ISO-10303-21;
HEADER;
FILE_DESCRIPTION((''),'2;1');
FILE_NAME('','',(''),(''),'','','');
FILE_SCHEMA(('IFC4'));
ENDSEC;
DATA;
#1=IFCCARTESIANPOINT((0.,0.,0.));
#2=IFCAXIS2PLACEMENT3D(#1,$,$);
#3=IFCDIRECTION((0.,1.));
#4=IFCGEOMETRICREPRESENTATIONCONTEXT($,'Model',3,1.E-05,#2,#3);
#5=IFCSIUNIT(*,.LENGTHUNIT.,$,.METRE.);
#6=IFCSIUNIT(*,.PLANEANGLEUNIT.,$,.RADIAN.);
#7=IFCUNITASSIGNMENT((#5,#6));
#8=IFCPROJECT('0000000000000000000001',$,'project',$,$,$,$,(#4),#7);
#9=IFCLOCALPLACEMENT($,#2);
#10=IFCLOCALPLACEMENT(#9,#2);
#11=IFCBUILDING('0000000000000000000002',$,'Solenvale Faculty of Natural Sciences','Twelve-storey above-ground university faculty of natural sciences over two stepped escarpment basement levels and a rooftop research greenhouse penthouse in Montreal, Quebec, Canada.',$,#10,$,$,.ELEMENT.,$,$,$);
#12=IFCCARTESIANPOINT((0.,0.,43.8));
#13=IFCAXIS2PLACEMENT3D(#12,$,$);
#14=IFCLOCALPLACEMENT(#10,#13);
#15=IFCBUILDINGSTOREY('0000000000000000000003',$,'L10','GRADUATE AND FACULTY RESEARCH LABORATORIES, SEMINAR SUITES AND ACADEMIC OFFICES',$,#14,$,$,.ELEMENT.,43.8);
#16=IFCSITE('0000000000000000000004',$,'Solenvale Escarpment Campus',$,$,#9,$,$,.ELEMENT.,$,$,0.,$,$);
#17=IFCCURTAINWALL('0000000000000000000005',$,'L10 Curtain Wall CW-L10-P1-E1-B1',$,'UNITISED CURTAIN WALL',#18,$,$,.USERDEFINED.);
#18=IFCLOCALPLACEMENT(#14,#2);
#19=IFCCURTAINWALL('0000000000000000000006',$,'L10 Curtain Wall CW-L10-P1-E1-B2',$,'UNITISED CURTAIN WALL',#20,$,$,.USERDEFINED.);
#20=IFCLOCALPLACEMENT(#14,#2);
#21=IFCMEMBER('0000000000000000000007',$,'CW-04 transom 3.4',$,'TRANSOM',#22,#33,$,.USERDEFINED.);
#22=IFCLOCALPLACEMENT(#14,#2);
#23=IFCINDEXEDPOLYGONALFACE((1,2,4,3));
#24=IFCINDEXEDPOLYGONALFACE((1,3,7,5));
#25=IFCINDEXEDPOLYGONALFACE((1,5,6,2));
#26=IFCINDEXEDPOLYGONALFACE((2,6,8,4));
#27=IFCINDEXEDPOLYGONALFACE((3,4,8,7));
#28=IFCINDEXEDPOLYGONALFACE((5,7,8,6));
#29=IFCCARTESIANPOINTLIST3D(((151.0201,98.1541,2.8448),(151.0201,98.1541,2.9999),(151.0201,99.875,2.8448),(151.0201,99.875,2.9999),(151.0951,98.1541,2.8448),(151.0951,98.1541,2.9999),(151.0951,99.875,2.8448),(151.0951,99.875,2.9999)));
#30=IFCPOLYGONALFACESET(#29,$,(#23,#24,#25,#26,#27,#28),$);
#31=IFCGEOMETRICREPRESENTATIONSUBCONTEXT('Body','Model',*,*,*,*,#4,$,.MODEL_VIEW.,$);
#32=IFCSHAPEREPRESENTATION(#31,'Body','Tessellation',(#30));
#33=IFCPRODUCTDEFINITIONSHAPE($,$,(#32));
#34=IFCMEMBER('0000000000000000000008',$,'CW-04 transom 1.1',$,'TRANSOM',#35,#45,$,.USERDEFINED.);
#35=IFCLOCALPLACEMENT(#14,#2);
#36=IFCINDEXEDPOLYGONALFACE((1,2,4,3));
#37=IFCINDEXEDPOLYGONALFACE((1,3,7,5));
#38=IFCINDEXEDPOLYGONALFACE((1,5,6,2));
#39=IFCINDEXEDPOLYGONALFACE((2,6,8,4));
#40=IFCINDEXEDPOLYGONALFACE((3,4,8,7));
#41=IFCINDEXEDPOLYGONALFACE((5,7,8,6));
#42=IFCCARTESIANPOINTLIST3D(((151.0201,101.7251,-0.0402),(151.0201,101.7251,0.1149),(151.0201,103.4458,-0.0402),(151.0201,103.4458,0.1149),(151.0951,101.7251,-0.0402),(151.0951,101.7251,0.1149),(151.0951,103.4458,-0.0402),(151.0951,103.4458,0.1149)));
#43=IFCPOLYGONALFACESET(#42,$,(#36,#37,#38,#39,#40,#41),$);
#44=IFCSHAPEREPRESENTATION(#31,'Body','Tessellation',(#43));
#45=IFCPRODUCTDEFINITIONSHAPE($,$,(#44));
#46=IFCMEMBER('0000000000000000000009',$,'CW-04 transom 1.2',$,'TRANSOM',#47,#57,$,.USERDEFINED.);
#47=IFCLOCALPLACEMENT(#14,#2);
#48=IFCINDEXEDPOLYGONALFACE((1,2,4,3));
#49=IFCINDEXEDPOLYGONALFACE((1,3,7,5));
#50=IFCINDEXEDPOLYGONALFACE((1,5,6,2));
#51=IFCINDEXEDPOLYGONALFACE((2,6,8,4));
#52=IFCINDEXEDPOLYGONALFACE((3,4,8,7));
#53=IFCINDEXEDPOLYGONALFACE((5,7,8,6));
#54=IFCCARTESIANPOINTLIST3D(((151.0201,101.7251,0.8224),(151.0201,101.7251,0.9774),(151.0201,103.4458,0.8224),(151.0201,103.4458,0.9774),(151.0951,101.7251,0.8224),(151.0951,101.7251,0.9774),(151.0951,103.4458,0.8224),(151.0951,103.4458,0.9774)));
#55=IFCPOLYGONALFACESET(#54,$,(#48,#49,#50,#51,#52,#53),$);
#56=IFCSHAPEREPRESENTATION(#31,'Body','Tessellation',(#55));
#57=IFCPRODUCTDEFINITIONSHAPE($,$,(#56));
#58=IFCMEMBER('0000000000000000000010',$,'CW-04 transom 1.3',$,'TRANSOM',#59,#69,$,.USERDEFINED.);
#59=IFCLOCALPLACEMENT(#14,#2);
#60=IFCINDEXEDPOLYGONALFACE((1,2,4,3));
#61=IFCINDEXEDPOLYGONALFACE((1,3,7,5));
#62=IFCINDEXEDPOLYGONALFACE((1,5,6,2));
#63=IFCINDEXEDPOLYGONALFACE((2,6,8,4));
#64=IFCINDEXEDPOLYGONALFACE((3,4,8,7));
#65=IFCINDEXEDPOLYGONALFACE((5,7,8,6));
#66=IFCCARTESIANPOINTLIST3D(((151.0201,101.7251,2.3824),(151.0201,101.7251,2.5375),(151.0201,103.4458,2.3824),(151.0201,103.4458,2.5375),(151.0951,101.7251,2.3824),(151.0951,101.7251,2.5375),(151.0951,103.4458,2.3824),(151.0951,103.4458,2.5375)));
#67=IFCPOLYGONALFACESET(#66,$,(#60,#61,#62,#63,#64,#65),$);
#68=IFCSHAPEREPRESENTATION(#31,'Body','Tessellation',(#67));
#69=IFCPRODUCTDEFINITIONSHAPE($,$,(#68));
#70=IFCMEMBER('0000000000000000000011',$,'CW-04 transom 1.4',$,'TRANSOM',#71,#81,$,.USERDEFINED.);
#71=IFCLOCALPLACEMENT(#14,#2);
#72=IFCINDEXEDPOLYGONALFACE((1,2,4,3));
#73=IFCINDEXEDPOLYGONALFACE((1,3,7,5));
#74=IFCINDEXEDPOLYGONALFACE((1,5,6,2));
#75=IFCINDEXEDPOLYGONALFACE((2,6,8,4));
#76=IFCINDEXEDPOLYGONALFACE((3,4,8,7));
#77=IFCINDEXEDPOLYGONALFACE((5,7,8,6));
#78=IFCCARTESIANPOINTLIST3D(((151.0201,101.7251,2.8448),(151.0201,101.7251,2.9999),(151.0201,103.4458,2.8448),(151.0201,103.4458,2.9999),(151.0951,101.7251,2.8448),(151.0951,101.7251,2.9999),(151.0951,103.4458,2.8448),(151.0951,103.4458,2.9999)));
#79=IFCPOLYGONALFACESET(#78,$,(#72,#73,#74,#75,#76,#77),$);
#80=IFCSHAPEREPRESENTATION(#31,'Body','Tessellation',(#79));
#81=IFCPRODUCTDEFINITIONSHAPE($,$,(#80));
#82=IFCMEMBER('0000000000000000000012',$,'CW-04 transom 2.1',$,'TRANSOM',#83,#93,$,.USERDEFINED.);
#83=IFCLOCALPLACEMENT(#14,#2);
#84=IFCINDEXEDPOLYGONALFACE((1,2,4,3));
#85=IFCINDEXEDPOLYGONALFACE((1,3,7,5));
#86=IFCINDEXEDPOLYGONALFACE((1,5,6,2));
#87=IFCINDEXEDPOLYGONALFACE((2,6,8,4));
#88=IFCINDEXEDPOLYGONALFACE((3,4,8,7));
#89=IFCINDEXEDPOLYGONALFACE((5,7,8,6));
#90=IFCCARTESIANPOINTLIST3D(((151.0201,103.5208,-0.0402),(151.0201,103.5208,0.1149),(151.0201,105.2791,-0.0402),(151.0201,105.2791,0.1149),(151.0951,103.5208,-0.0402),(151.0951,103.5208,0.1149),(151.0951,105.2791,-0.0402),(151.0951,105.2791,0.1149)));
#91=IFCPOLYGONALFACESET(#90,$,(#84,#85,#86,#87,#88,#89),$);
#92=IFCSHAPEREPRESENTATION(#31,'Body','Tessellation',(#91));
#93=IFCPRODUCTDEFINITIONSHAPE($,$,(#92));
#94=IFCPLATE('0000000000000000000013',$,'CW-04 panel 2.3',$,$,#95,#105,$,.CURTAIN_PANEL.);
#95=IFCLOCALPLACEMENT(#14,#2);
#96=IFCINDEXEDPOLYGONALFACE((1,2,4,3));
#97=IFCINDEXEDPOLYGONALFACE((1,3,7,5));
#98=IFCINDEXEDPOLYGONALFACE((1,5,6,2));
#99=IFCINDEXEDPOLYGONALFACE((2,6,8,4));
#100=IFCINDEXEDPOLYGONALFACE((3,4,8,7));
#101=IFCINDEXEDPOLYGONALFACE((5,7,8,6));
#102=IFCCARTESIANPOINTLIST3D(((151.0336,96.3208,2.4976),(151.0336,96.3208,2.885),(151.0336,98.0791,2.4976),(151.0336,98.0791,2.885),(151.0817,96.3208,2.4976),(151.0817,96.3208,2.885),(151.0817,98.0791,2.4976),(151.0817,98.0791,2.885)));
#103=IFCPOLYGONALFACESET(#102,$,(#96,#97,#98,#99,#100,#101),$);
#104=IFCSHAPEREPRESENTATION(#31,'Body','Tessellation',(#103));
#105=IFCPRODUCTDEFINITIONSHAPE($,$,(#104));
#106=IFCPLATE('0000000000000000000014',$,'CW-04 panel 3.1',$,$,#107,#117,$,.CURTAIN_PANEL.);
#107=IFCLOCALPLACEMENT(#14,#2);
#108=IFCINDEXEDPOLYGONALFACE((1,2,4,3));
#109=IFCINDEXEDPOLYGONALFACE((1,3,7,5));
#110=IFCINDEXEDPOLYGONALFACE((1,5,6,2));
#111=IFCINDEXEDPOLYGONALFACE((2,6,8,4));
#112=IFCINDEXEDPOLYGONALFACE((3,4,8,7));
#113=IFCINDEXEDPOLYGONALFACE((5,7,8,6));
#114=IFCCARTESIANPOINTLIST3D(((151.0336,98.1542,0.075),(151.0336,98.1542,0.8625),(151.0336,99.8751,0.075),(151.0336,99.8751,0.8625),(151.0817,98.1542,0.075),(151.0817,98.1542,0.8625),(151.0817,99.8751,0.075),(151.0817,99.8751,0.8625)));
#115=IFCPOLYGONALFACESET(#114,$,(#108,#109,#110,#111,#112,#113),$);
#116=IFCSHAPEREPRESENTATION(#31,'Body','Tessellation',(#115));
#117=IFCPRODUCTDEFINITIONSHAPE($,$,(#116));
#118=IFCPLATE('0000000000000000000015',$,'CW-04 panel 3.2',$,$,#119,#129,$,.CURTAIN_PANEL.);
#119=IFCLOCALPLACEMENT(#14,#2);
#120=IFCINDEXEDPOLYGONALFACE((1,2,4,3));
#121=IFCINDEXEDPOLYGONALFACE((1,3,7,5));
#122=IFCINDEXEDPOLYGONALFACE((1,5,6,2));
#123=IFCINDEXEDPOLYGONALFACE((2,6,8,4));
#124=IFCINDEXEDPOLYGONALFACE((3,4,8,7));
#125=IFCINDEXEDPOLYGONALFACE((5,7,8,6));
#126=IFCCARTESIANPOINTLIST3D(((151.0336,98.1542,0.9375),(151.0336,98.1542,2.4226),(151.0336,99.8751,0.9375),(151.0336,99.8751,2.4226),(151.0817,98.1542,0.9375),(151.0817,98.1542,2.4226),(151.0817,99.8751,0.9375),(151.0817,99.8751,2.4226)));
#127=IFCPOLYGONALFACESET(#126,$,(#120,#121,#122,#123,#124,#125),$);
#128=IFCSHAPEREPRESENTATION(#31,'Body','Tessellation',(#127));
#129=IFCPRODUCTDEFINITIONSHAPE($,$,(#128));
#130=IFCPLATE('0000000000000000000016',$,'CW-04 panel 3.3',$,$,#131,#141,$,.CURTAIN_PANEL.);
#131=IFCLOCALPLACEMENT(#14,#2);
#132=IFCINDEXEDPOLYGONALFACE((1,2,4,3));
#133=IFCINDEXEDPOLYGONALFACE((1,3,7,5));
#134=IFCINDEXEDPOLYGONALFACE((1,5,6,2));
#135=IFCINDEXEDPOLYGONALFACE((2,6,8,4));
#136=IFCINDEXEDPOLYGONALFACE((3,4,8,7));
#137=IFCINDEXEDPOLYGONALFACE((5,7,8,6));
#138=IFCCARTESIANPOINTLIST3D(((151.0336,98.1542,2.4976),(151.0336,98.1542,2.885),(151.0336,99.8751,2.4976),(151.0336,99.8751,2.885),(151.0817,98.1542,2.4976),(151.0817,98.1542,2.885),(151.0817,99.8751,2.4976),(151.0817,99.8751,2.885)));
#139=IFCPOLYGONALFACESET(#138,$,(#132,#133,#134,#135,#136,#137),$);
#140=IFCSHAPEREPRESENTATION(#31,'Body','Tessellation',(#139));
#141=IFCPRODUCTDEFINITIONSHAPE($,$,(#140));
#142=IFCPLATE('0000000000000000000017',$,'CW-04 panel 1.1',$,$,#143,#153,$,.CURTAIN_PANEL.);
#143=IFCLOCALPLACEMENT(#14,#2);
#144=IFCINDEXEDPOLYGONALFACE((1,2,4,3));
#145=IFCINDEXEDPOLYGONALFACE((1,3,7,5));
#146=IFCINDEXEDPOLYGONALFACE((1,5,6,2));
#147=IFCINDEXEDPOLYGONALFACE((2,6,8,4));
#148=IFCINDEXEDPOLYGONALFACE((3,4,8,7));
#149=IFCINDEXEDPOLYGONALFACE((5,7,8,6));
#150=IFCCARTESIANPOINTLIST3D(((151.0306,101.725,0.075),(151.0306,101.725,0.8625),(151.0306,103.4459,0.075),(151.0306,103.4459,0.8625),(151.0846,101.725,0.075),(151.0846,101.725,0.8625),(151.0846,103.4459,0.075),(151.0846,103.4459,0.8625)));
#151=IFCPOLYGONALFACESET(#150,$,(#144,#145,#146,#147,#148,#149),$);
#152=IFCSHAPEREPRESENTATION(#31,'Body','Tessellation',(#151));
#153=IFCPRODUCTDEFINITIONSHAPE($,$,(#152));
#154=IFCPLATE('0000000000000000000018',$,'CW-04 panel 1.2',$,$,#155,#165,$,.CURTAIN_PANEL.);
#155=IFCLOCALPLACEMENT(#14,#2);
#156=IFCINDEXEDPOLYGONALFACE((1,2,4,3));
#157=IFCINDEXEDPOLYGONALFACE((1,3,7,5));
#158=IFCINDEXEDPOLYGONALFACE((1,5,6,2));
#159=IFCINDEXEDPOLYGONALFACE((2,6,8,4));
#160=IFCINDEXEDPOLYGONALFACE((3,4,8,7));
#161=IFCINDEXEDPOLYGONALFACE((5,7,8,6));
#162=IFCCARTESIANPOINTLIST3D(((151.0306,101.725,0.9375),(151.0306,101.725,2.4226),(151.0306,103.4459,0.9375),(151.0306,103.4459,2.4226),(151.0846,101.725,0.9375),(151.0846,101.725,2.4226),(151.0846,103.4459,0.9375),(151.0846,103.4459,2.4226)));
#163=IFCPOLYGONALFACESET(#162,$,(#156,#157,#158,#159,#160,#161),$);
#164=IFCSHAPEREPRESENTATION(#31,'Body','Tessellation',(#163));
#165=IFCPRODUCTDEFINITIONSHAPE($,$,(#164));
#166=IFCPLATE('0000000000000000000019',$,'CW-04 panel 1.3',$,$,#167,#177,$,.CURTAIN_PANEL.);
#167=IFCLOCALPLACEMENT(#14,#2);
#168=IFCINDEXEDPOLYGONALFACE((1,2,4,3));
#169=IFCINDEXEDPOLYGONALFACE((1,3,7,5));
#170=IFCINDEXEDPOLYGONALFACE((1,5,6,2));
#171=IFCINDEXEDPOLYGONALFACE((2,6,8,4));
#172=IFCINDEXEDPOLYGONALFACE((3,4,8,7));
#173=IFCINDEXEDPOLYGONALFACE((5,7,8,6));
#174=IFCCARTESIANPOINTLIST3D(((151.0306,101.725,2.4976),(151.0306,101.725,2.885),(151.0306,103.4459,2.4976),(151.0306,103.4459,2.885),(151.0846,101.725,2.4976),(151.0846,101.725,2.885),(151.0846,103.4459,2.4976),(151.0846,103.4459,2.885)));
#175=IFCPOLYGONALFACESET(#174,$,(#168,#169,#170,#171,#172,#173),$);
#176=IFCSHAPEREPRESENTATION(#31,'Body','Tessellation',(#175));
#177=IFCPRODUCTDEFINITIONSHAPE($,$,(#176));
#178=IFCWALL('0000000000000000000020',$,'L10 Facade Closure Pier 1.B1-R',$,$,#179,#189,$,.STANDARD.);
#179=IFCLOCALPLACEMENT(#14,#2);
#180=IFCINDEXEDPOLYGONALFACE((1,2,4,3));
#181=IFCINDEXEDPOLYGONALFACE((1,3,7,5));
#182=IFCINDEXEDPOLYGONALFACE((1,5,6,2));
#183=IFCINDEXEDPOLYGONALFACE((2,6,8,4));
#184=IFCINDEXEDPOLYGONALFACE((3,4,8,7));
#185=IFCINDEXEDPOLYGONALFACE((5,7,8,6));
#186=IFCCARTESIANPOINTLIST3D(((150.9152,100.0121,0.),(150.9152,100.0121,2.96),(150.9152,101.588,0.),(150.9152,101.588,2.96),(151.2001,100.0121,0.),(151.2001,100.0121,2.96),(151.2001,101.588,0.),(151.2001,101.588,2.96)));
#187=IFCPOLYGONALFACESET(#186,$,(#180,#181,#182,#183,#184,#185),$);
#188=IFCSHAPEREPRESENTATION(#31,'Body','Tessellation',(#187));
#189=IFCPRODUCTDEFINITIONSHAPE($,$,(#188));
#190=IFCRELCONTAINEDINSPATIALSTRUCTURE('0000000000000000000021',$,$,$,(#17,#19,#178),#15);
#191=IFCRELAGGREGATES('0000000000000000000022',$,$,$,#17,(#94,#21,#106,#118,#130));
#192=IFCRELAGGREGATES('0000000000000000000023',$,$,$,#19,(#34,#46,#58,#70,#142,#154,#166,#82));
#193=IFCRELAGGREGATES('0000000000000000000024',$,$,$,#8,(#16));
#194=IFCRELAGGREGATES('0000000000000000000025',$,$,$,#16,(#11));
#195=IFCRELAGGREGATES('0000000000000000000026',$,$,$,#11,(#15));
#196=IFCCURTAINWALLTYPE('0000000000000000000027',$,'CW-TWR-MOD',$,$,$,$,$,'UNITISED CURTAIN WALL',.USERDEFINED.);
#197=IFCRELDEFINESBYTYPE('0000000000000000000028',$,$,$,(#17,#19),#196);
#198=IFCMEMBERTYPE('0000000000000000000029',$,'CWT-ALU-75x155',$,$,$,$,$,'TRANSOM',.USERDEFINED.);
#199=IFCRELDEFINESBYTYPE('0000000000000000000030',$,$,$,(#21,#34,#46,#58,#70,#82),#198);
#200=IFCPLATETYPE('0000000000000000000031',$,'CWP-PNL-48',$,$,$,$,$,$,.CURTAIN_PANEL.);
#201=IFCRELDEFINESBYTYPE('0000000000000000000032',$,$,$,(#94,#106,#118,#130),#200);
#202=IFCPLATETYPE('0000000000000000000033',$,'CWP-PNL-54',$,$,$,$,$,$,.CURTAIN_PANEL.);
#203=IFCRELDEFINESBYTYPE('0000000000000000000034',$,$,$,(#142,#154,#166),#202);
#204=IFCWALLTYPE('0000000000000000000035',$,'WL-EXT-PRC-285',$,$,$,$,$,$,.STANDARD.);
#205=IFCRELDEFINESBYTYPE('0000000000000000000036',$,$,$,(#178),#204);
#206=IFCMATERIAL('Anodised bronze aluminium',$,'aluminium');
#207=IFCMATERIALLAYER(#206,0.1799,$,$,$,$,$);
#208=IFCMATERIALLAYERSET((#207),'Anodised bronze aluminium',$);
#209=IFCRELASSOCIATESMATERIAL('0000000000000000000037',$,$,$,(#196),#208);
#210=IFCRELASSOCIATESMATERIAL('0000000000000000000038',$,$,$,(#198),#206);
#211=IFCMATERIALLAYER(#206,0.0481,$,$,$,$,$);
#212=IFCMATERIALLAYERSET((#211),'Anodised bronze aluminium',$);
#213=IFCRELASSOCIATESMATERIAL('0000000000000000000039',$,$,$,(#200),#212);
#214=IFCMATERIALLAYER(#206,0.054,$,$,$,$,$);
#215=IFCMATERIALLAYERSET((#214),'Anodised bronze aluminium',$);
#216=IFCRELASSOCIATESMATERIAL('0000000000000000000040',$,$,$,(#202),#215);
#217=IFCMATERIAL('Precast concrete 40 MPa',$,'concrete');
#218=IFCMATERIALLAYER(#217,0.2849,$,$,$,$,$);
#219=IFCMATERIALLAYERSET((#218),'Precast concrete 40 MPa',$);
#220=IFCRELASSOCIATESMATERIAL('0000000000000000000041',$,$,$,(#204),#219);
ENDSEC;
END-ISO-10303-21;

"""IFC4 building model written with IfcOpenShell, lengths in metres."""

from ifc_helpers import new_model, si_unit, direction, frame, frame_2d, origin, origin_2d, place, context, subcontext, project, spatial, rectangle, extrude, material, layer, layer_set, material_profile, profile_set, type_object, element, aggregate, save


model = new_model("IFC4")

# Units and contexts
model_context = context("Model", 3, precision=1e-05, world=origin(), true_north=direction((0.0, 1.0)))
body_context = subcontext(model_context, "Body", "Model", "MODEL_VIEW")
ifc_project = project(units=[si_unit("LENGTHUNIT", "METRE"), si_unit("PLANEANGLEUNIT", "RADIAN")], contexts=[model_context])

# Site, building, storey
site_placement = place(None, origin())
site = spatial("IfcSite", under=ifc_project, at=site_placement, Name="Solenvale Escarpment Campus", CompositionType="ELEMENT", RefElevation=0.0)
building_placement = place(site_placement, origin())
building = spatial("IfcBuilding", under=site, at=building_placement, Name="Solenvale Faculty of Natural Sciences", Description="Twelve-storey above-ground university faculty of natural sciences over two stepped escarpment basement levels and a rooftop research greenhouse penthouse in Montreal, Quebec, Canada.", CompositionType="ELEMENT")
storey_placement = place(building_placement, frame((0.0, 0.0, 43.8)))
storey = spatial("IfcBuildingStorey", under=building, at=storey_placement, Name="L10", Description="GRADUATE AND FACULTY RESEARCH LABORATORIES, SEMINAR SUITES AND ACADEMIC OFFICES", CompositionType="ELEMENT", Elevation=43.8)

# Curtain walls
ifc_material_1 = material(Name="Anodised bronze aluminium", Category="aluminium")
ifc_layer_1 = layer(ifc_material_1, 0.1799)
ifc_layer_set_1 = layer_set([ifc_layer_1], Name="Anodised bronze aluminium")
curtain_wall_type = type_object("IfcCurtainWallType", Name="CW-TWR-MOD", ElementType="UNITISED CURTAIN WALL", PredefinedType="USERDEFINED", material=ifc_layer_set_1)
curtain_wall_1_placement = place(storey_placement, origin())
curtain_wall_1 = element("IfcCurtainWall", 1, at=curtain_wall_1_placement, inside=storey, type_object=curtain_wall_type, Name="L10 Curtain Wall CW-L10-P1-E1-B1", ObjectType="UNITISED CURTAIN WALL", PredefinedType="USERDEFINED")
curtain_wall_2_placement = place(storey_placement, origin())
curtain_wall_2 = element("IfcCurtainWall", 2, at=curtain_wall_2_placement, inside=storey, type_object=curtain_wall_type, Name="L10 Curtain Wall CW-L10-P1-E1-B2", ObjectType="UNITISED CURTAIN WALL", PredefinedType="USERDEFINED")

# Members
ifc_material_profile_1 = material_profile(ifc_material_1, rectangle(XDim=0.075, YDim=0.155, at=origin_2d()), Name="ALU-TRN-75x155")
ifc_profile_set_1 = profile_set([ifc_material_profile_1], Name="Anodised bronze aluminium")
member_type_1 = type_object("IfcMemberType", Name="CWT-ALU-75x155", ElementType="TRANSOM", PredefinedType="USERDEFINED", material=ifc_profile_set_1)
member_1_placement = place(storey_placement, frame((151.0576, 98.1541, 2.9224), z_axis=(0.0, 1.0, 0.0), x_axis=(-1.0, 0.0, 0.0)))
member_1 = element("IfcMember", 3, at=member_1_placement, type_object=member_type_1, Name="CW-04 transom 3.4", ObjectType="TRANSOM", PredefinedType="USERDEFINED", context=body_context, shape_type="SweptSolid", body=[
    extrude(rectangle(XDim=0.075, YDim=0.155, at=origin_2d()), origin(), (0.0, 0.0, 1.0), 1.7209),
])
member_2_placement = place(storey_placement, frame((151.0576, 101.7251, 0.0374), z_axis=(0.0, 1.0, 0.0), x_axis=(-1.0, 0.0, 0.0)))
member_2 = element("IfcMember", 4, at=member_2_placement, type_object=member_type_1, Name="CW-04 transom 1.1", ObjectType="TRANSOM", PredefinedType="USERDEFINED", context=body_context, shape_type="SweptSolid", body=[
    extrude(rectangle(XDim=0.075, YDim=0.155, at=origin_2d()), origin(), (0.0, 0.0, 1.0), 1.7207),
])
member_3_placement = place(storey_placement, frame((151.0576, 101.7251, 0.8999), z_axis=(0.0, 1.0, 0.0), x_axis=(-1.0, 0.0, 0.0)))
member_3 = element("IfcMember", 5, at=member_3_placement, type_object=member_type_1, Name="CW-04 transom 1.2", ObjectType="TRANSOM", PredefinedType="USERDEFINED", context=body_context, shape_type="SweptSolid", body=[
    extrude(rectangle(XDim=0.075, YDim=0.155, at=origin_2d()), origin(), (0.0, 0.0, 1.0), 1.7207),
])
member_4_placement = place(storey_placement, frame((151.0576, 101.7251, 2.46), z_axis=(0.0, 1.0, 0.0), x_axis=(-1.0, 0.0, 0.0)))
member_4 = element("IfcMember", 6, at=member_4_placement, type_object=member_type_1, Name="CW-04 transom 1.3", ObjectType="TRANSOM", PredefinedType="USERDEFINED", context=body_context, shape_type="SweptSolid", body=[
    extrude(rectangle(XDim=0.075, YDim=0.155, at=origin_2d()), origin(), (0.0, 0.0, 1.0), 1.7207),
])
member_5_placement = place(storey_placement, frame((151.0576, 101.7251, 2.9224), z_axis=(0.0, 1.0, 0.0), x_axis=(-1.0, 0.0, 0.0)))
member_5 = element("IfcMember", 7, at=member_5_placement, type_object=member_type_1, Name="CW-04 transom 1.4", ObjectType="TRANSOM", PredefinedType="USERDEFINED", context=body_context, shape_type="SweptSolid", body=[
    extrude(rectangle(XDim=0.075, YDim=0.155, at=origin_2d()), origin(), (0.0, 0.0, 1.0), 1.7207),
])
member_6_placement = place(storey_placement, frame((151.0576, 103.5208, 0.0374), z_axis=(0.0, 1.0, 0.0), x_axis=(-1.0, 0.0, 0.0)))
member_6 = element("IfcMember", 8, at=member_6_placement, type_object=member_type_1, Name="CW-04 transom 2.1", ObjectType="TRANSOM", PredefinedType="USERDEFINED", context=body_context, shape_type="SweptSolid", body=[
    extrude(rectangle(XDim=0.075, YDim=0.155, at=origin_2d()), origin(), (0.0, 0.0, 1.0), 1.7583),
])

# Plates
ifc_layer_2 = layer(ifc_material_1, 0.0481)
ifc_layer_set_2 = layer_set([ifc_layer_2], Name="Anodised bronze aluminium")
plate_type_1 = type_object("IfcPlateType", Name="CWP-PNL-48", PredefinedType="CURTAIN_PANEL", material=ifc_layer_set_2)
plate_1_placement = place(storey_placement, frame((151.0576, 97.2, 2.4976), z_axis=(0.0, 0.0, 1.0), x_axis=(0.0, 1.0, 0.0)))
plate_1 = element("IfcPlate", 9, at=plate_1_placement, type_object=plate_type_1, Name="CW-04 panel 2.3", PredefinedType="CURTAIN_PANEL", context=body_context, shape_type="SweptSolid", body=[
    extrude(rectangle(XDim=1.7583, YDim=0.0481, at=origin_2d()), origin(), (0.0, 0.0, 1.0), 0.3875),
])
plate_2_placement = place(storey_placement, frame((151.0576, 99.0146, 0.075), z_axis=(0.0, 0.0, 1.0), x_axis=(0.0, 1.0, 0.0)))
plate_2 = element("IfcPlate", 10, at=plate_2_placement, type_object=plate_type_1, Name="CW-04 panel 3.1", PredefinedType="CURTAIN_PANEL", context=body_context, shape_type="SweptSolid", body=[
    extrude(rectangle(XDim=1.7209, YDim=0.0481, at=origin_2d()), origin(), (0.0, 0.0, 1.0), 0.7876),
])
plate_3_placement = place(storey_placement, frame((151.0576, 99.0146, 0.9375), z_axis=(0.0, 0.0, 1.0), x_axis=(0.0, 1.0, 0.0)))
plate_3 = element("IfcPlate", 11, at=plate_3_placement, type_object=plate_type_1, Name="CW-04 panel 3.2", PredefinedType="CURTAIN_PANEL", context=body_context, shape_type="SweptSolid", body=[
    extrude(rectangle(XDim=1.7209, YDim=0.0481, at=origin_2d()), origin(), (0.0, 0.0, 1.0), 1.4851),
])
plate_4_placement = place(storey_placement, frame((151.0576, 99.0146, 2.4976), z_axis=(0.0, 0.0, 1.0), x_axis=(0.0, 1.0, 0.0)))
plate_4 = element("IfcPlate", 12, at=plate_4_placement, type_object=plate_type_1, Name="CW-04 panel 3.3", PredefinedType="CURTAIN_PANEL", context=body_context, shape_type="SweptSolid", body=[
    extrude(rectangle(XDim=1.7209, YDim=0.0481, at=origin_2d()), origin(), (0.0, 0.0, 1.0), 0.3875),
])
aggregate(curtain_wall_1, [plate_1, member_1, plate_2, plate_3, plate_4])
ifc_layer_3 = layer(ifc_material_1, 0.054)
ifc_layer_set_3 = layer_set([ifc_layer_3], Name="Anodised bronze aluminium")
plate_type_2 = type_object("IfcPlateType", Name="CWP-PNL-54", PredefinedType="CURTAIN_PANEL", material=ifc_layer_set_3)
plate_5_placement = place(storey_placement, frame((151.0576, 102.5854, 0.075), z_axis=(0.0, 0.0, 1.0), x_axis=(0.0, 1.0, 0.0)))
plate_5 = element("IfcPlate", 13, at=plate_5_placement, type_object=plate_type_2, Name="CW-04 panel 1.1", PredefinedType="CURTAIN_PANEL", context=body_context, shape_type="SweptSolid", body=[
    extrude(rectangle(XDim=1.7209, YDim=0.054, at=origin_2d()), origin(), (0.0, 0.0, 1.0), 0.7876),
])
plate_6_placement = place(storey_placement, frame((151.0576, 102.5854, 0.9375), z_axis=(0.0, 0.0, 1.0), x_axis=(0.0, 1.0, 0.0)))
plate_6 = element("IfcPlate", 14, at=plate_6_placement, type_object=plate_type_2, Name="CW-04 panel 1.2", PredefinedType="CURTAIN_PANEL", context=body_context, shape_type="SweptSolid", body=[
    extrude(rectangle(XDim=1.7209, YDim=0.054, at=origin_2d()), origin(), (0.0, 0.0, 1.0), 1.4851),
])
plate_7_placement = place(storey_placement, frame((151.0576, 102.5854, 2.4976), z_axis=(0.0, 0.0, 1.0), x_axis=(0.0, 1.0, 0.0)))
plate_7 = element("IfcPlate", 15, at=plate_7_placement, type_object=plate_type_2, Name="CW-04 panel 1.3", PredefinedType="CURTAIN_PANEL", context=body_context, shape_type="SweptSolid", body=[
    extrude(rectangle(XDim=1.7209, YDim=0.054, at=origin_2d()), origin(), (0.0, 0.0, 1.0), 0.3875),
])
aggregate(curtain_wall_2, [member_2, member_3, member_4, member_5, plate_5, plate_6, plate_7, member_6])

# Wall
ifc_material_2 = material(Name="Precast concrete 40 MPa", Category="concrete")
ifc_layer_4 = layer(ifc_material_2, 0.2849)
ifc_layer_set_4 = layer_set([ifc_layer_4], Name="Precast concrete 40 MPa")
wall_type_1 = type_object("IfcWallType", Name="WL-EXT-PRC-285", PredefinedType="STANDARD", material=ifc_layer_set_4)
wall_1_placement = place(storey_placement, frame((151.0576, 100.012, 0.0), z_axis=(0.0, 0.0, 1.0), x_axis=(0.0, 1.0, 0.0)))
element("IfcWall", 16, at=wall_1_placement, inside=storey, type_object=wall_type_1, Name="L10 Facade Closure Pier 1.B1-R", PredefinedType="STANDARD", context=body_context, shape_type="SweptSolid", body=[
    extrude(rectangle(XDim=1.5759, YDim=0.2849, at=frame_2d((0.7881, 0.0))), origin(), (0.0, 0.0, 1.0), 2.96),
])

save(model, "model.ifc")
